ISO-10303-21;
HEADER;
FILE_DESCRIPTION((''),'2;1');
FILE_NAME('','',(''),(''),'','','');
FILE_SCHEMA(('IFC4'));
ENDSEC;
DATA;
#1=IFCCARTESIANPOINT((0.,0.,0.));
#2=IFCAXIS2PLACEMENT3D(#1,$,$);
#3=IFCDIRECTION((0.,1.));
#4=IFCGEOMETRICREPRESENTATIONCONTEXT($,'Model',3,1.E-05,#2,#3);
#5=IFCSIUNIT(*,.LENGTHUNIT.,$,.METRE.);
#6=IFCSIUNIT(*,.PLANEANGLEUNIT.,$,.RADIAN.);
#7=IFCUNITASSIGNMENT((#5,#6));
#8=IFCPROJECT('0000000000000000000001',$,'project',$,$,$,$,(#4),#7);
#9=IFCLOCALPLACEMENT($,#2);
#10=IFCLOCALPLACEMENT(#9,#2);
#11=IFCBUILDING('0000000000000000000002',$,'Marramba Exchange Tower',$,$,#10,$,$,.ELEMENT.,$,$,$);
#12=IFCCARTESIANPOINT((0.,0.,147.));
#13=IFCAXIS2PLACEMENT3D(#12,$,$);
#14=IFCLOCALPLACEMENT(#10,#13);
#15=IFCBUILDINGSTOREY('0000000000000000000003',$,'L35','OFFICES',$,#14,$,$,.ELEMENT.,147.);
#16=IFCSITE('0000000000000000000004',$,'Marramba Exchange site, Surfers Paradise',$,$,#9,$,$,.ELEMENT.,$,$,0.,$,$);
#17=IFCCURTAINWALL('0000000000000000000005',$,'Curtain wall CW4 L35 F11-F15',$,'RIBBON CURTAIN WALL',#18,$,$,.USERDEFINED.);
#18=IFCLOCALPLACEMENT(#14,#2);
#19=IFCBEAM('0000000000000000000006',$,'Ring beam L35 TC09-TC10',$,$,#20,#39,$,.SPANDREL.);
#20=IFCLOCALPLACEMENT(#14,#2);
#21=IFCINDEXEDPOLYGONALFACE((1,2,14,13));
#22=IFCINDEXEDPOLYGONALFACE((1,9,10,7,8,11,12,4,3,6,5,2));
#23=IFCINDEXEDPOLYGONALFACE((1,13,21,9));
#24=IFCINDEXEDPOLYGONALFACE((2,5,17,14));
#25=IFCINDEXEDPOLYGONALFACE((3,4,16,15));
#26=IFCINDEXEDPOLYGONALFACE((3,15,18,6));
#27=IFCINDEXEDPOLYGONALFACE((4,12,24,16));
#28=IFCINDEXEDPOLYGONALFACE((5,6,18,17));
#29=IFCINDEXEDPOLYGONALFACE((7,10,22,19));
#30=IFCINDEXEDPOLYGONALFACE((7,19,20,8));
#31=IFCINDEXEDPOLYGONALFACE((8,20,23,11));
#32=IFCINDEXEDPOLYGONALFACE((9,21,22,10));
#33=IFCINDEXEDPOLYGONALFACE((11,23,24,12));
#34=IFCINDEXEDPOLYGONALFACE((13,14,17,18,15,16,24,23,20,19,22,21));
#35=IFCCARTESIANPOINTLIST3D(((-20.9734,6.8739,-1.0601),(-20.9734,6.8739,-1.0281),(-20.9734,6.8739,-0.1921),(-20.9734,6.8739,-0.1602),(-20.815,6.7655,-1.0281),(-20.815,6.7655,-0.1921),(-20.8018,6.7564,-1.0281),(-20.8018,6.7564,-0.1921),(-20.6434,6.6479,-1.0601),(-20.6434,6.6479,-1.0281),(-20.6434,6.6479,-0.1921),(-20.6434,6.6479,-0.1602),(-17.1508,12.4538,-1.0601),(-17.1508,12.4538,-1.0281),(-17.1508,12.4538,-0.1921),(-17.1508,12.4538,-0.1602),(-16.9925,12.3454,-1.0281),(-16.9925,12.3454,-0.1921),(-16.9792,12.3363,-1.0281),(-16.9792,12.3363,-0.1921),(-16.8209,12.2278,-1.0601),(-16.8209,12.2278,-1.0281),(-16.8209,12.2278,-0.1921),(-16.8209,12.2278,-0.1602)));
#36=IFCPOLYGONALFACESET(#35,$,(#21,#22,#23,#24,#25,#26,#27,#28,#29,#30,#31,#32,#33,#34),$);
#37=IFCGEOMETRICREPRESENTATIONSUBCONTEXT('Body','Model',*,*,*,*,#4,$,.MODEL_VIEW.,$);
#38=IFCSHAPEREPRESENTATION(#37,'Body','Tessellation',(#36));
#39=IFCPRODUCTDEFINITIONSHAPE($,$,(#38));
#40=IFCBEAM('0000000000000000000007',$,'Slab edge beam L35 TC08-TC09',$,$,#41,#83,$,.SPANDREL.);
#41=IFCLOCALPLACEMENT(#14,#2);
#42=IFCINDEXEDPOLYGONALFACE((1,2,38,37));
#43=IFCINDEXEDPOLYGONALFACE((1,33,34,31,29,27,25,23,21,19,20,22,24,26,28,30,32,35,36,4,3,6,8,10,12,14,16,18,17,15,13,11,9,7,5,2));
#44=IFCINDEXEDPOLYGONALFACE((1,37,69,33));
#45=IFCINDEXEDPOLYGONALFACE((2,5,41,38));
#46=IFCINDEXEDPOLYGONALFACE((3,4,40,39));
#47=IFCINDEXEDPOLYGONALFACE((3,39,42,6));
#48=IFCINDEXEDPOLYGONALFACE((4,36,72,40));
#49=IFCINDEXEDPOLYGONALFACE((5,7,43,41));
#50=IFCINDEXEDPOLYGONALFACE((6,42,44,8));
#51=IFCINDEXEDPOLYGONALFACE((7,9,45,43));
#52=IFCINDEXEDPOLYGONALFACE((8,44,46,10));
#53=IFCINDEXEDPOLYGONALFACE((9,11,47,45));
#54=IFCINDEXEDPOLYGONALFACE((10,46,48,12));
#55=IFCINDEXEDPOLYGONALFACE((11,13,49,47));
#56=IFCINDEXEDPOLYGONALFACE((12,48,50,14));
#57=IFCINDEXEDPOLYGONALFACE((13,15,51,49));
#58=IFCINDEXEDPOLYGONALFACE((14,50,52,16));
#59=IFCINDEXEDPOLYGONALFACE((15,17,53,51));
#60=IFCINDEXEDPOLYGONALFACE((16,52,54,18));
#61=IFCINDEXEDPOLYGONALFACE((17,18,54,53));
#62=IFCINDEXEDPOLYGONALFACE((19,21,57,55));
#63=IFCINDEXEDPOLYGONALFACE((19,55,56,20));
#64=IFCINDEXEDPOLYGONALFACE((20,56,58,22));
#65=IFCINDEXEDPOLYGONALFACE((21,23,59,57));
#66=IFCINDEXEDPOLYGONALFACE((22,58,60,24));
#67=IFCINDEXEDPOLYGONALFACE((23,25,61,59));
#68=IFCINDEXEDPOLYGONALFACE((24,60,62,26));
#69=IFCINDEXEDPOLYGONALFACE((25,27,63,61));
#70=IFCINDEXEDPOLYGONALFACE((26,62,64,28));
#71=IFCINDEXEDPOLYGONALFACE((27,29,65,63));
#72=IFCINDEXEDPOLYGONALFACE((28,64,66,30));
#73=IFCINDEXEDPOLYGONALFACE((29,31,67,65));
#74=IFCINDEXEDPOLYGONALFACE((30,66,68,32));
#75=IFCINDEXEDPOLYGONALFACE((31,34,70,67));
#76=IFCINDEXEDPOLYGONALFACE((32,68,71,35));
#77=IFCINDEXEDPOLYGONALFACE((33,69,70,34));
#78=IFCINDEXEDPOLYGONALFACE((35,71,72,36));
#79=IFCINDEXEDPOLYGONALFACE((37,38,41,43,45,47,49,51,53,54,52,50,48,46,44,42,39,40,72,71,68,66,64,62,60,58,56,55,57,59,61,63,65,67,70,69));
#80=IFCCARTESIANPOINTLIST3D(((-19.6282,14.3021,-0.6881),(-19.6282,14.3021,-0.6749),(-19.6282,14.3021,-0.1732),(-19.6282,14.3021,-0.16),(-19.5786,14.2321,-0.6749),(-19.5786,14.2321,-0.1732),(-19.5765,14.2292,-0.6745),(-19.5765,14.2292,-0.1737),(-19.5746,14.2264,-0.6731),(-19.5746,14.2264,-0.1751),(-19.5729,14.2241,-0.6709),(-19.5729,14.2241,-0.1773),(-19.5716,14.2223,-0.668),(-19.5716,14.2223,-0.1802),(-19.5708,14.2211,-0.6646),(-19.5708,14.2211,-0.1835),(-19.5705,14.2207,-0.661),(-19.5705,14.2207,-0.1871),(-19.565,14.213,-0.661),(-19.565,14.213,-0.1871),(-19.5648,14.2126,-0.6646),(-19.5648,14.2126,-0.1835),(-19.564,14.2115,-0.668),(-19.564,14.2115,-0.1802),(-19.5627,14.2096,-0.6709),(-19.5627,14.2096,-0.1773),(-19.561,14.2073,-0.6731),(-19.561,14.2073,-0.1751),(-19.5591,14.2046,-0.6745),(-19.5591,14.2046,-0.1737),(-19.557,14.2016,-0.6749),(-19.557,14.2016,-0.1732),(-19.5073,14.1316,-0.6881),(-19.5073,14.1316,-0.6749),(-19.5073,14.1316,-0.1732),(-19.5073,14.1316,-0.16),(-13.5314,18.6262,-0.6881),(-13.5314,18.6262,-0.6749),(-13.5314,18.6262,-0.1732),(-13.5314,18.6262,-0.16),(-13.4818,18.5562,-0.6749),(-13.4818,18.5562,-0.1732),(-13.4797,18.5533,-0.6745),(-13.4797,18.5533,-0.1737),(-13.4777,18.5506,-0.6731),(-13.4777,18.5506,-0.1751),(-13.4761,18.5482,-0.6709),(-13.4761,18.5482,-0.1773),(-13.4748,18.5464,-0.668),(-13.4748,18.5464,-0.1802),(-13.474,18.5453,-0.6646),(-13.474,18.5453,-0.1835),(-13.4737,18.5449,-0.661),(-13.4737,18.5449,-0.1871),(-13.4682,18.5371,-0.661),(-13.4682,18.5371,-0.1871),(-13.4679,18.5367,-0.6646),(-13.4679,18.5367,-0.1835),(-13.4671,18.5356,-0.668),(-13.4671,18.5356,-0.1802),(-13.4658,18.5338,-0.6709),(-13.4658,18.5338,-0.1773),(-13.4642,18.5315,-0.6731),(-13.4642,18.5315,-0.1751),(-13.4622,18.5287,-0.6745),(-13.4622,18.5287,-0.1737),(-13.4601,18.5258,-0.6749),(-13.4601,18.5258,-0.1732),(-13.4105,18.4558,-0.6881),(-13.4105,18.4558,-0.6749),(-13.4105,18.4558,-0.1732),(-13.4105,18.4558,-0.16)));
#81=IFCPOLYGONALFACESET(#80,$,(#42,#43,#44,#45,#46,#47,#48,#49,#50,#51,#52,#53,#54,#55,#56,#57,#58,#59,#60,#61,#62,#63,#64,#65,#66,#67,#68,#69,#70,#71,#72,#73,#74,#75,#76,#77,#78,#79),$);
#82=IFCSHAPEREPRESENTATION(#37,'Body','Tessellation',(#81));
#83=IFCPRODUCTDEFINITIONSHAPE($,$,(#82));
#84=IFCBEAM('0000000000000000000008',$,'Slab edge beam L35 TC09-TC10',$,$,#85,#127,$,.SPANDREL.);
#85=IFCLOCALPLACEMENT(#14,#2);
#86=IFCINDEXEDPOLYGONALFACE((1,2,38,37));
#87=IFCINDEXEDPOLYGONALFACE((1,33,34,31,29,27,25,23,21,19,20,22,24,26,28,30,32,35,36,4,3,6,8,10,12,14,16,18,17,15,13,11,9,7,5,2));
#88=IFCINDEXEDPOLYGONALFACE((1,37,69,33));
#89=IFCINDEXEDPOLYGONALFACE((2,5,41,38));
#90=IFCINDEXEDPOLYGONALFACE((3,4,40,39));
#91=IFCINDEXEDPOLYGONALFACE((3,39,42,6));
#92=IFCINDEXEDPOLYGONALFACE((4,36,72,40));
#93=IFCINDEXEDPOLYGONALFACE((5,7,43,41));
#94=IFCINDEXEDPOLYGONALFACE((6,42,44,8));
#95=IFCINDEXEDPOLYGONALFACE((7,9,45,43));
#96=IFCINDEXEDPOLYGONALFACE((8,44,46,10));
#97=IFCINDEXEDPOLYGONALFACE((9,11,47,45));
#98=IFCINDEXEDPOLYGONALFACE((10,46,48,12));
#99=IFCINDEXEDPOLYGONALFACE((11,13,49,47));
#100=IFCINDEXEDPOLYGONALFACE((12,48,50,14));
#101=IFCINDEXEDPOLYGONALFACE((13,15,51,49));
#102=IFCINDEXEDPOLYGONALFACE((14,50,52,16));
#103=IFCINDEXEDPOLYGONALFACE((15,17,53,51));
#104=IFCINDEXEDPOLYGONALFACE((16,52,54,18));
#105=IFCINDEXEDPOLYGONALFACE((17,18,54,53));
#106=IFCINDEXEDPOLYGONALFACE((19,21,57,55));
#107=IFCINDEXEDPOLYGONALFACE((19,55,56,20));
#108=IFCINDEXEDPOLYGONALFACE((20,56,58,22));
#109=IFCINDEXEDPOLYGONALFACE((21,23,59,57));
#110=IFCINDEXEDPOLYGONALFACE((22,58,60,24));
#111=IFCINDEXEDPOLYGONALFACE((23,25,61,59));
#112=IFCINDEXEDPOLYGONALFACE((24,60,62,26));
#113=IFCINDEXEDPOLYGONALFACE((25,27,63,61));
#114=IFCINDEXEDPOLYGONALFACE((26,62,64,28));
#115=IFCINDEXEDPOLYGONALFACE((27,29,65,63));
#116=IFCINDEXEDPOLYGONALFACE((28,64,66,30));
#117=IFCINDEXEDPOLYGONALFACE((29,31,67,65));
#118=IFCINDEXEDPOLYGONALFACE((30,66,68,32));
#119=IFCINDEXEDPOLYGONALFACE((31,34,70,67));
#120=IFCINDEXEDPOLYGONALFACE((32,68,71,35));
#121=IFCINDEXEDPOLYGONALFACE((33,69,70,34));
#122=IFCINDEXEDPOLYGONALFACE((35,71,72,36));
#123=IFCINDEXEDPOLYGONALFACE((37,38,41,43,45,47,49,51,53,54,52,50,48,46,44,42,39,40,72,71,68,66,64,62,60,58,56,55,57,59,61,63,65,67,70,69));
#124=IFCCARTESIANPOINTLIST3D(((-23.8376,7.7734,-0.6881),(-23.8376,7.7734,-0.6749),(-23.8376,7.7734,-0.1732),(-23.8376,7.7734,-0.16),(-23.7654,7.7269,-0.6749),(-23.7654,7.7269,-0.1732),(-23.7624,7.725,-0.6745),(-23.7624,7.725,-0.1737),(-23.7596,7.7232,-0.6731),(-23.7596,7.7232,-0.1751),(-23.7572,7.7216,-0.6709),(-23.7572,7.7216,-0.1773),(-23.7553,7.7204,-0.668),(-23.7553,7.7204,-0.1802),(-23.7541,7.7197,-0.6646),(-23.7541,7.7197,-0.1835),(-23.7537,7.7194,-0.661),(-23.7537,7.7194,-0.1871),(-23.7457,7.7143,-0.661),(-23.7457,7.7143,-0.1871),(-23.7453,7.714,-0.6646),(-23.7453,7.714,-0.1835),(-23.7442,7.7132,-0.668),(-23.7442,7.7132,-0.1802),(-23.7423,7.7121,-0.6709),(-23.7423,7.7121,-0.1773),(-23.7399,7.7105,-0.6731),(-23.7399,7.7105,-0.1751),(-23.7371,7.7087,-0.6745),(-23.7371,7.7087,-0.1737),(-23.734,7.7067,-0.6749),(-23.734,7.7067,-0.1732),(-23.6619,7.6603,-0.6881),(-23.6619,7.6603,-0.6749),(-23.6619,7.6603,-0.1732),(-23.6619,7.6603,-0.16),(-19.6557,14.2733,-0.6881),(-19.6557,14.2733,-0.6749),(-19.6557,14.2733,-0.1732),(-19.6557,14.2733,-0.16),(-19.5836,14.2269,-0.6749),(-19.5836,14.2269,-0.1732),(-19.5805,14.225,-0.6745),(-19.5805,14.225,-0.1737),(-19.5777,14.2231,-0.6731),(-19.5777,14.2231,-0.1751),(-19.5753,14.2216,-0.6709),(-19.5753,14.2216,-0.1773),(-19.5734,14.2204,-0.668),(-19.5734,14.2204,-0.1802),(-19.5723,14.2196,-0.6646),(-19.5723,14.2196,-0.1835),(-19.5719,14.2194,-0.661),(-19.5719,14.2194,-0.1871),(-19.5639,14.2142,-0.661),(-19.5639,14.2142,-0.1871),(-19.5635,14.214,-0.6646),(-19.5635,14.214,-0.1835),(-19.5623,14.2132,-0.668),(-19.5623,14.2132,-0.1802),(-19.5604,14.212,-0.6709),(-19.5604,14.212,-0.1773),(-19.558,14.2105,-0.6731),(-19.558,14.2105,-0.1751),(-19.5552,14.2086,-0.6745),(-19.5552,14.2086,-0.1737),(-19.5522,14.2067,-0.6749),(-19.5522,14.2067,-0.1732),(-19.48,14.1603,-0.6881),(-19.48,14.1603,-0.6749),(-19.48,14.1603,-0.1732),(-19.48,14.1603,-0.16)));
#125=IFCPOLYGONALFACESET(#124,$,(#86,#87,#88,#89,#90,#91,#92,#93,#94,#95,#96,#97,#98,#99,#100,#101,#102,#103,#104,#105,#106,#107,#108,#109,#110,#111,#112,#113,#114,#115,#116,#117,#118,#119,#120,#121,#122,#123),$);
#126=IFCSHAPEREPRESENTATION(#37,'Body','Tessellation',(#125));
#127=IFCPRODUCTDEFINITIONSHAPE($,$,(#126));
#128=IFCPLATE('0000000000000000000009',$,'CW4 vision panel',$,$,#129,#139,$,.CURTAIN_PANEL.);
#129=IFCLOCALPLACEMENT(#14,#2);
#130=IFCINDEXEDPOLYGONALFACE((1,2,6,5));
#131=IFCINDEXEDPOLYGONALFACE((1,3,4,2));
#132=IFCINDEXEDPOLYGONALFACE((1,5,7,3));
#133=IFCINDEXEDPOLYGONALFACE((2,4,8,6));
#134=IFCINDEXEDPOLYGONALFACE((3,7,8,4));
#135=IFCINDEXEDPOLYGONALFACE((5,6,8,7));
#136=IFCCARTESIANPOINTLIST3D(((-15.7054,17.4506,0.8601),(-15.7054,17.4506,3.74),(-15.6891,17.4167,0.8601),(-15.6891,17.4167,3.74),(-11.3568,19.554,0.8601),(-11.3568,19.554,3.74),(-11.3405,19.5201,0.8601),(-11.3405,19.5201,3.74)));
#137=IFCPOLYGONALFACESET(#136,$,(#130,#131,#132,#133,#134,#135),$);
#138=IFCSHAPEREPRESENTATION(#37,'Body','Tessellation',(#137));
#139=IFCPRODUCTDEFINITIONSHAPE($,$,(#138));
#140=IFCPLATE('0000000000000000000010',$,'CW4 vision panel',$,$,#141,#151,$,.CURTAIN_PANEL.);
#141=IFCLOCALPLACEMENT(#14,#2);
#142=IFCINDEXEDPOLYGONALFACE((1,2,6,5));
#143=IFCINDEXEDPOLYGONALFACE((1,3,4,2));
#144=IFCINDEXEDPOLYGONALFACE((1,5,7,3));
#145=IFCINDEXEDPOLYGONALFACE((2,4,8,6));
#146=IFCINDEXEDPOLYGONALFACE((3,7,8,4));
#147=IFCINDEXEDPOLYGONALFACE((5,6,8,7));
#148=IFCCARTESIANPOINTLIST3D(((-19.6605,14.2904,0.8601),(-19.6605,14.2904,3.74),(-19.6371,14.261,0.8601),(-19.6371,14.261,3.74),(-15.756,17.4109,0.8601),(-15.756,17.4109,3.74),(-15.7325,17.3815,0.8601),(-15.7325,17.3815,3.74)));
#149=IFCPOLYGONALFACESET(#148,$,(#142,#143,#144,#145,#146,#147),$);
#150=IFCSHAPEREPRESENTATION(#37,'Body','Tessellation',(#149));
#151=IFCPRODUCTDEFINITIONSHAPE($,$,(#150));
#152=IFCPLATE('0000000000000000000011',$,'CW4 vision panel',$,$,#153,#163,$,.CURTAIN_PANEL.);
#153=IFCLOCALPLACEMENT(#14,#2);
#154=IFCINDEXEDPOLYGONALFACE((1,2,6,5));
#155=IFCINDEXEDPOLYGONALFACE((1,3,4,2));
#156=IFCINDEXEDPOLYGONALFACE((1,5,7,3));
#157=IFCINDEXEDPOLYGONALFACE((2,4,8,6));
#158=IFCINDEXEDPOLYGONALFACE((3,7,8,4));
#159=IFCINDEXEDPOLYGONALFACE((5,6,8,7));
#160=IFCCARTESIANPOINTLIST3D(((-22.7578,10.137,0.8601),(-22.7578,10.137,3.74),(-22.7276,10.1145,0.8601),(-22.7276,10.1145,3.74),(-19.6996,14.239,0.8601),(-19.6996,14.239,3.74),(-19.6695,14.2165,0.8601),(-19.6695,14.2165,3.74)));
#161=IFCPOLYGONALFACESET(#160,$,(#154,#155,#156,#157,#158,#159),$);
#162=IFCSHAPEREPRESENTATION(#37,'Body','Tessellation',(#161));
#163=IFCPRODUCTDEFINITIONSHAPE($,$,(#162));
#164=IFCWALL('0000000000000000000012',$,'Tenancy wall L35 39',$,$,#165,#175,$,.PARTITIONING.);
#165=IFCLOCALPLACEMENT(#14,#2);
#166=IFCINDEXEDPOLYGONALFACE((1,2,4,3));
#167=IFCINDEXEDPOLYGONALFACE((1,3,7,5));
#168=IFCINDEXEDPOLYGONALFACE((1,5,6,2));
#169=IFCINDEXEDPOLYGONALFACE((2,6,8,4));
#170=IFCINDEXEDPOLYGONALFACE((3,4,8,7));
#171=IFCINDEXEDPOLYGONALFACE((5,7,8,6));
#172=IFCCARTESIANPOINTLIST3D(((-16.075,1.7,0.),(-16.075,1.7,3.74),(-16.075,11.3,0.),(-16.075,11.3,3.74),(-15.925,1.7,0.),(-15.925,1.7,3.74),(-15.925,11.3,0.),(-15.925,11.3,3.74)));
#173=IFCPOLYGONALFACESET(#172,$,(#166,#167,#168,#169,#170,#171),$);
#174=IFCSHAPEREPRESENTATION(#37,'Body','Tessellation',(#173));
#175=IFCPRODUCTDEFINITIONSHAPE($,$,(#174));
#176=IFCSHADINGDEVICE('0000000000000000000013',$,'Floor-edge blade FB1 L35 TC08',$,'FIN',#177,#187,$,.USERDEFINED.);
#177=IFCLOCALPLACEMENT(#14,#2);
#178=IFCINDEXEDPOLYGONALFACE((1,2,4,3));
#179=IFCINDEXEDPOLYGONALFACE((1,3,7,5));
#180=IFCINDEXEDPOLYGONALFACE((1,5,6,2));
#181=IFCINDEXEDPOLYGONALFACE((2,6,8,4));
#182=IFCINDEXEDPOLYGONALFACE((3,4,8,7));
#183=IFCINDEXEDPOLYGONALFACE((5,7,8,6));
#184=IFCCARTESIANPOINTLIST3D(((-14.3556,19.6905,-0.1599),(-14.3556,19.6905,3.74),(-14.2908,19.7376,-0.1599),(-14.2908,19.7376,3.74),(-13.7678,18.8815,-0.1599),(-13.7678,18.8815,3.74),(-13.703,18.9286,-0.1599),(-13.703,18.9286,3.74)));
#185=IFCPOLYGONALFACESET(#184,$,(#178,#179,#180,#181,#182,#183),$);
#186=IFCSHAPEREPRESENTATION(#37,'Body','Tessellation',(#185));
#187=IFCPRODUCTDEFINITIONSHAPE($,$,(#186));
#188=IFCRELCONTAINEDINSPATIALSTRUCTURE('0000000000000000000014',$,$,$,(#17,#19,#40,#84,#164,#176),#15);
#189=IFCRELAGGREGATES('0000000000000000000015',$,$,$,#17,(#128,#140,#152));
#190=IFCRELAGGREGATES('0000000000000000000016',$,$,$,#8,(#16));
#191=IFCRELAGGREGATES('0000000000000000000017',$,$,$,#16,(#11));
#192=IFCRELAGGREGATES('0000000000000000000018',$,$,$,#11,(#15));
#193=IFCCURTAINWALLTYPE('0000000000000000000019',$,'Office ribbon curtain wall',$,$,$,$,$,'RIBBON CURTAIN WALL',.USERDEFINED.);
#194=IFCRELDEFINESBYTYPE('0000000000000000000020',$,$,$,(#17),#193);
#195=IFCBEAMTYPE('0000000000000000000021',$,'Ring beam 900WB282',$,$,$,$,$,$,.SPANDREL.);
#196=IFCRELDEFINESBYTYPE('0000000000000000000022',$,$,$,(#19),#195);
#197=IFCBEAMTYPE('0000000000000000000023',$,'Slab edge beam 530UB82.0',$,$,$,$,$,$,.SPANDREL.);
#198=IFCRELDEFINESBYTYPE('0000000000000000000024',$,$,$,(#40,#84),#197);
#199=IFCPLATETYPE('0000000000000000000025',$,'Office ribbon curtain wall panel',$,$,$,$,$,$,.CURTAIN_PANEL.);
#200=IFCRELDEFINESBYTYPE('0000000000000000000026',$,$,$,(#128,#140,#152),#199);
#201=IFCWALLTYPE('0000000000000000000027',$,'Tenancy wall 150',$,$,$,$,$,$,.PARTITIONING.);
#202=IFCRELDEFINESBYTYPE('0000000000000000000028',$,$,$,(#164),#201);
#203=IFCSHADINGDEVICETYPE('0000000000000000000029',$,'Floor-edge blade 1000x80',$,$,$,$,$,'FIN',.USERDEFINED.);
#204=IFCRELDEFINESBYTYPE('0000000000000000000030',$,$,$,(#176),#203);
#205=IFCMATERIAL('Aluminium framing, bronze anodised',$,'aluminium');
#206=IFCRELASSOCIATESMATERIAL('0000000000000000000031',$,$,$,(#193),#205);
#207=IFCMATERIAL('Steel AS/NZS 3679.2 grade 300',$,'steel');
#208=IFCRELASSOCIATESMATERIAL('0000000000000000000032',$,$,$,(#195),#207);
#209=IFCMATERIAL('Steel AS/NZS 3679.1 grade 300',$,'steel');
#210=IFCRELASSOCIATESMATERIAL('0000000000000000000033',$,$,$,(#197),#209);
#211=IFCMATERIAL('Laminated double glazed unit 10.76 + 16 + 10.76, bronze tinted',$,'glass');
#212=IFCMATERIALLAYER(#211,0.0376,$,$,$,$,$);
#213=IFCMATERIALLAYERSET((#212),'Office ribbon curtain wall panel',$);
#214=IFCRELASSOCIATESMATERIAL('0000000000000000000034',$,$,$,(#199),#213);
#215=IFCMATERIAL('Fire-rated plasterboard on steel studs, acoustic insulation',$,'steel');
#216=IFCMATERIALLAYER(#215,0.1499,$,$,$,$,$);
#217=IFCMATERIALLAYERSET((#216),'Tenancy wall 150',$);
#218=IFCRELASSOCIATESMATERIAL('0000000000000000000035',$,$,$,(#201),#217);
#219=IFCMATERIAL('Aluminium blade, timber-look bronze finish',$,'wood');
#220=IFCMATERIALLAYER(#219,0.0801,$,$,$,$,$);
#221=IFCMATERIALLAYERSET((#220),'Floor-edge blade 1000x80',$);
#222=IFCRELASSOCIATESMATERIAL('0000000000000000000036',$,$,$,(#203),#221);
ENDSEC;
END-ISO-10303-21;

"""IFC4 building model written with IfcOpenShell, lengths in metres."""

from ifc_helpers import new_model, si_unit, direction, frame, frame_2d, origin, origin_2d, place, context, subcontext, project, spatial, rectangle, i_section, extrude, material, layer, layer_set, material_profile, profile_set, type_object, element, aggregate, save


model = new_model("IFC4")

# Units and contexts
model_context = context("Model", 3, precision=1e-05, world=origin(), true_north=direction((0.0, 1.0)))
body_context = subcontext(model_context, "Body", "Model", "MODEL_VIEW")
ifc_project = project(units=[si_unit("LENGTHUNIT", "METRE"), si_unit("PLANEANGLEUNIT", "RADIAN")], contexts=[model_context])

# Site, building, storey
site_placement = place(None, origin())
site = spatial("IfcSite", under=ifc_project, at=site_placement, Name="Marramba Exchange site, Surfers Paradise", CompositionType="ELEMENT", RefElevation=0.0)
building_placement = place(site_placement, origin())
building = spatial("IfcBuilding", under=site, at=building_placement, Name="Marramba Exchange Tower", CompositionType="ELEMENT")
storey_placement = place(building_placement, frame((0.0, 0.0, 147.0)))
storey = spatial("IfcBuildingStorey", under=building, at=storey_placement, Name="L35", Description="OFFICES", CompositionType="ELEMENT", Elevation=147.0)

# Shared definitions
ifc_material_1 = material(Name="Steel AS/NZS 3679.2 grade 300", Category="steel")
ifc_material_2 = material(Name="Steel AS/NZS 3679.1 grade 300", Category="steel")

# Curtain wall
ifc_material_3 = material(Name="Aluminium framing, bronze anodised", Category="aluminium")
curtain_wall_type = type_object("IfcCurtainWallType", Name="Office ribbon curtain wall", ElementType="RIBBON CURTAIN WALL", PredefinedType="USERDEFINED", material=ifc_material_3)
curtain_wall_placement = place(storey_placement, origin())
curtain_wall = element("IfcCurtainWall", 1, at=curtain_wall_placement, inside=storey, type_object=curtain_wall_type, Name="Curtain wall CW4 L35 F11-F15", ObjectType="RIBBON CURTAIN WALL", PredefinedType="USERDEFINED")

# Beams
ifc_material_profile_1 = material_profile(ifc_material_1, i_section(OverallWidth=0.3999, OverallDepth=0.8999, WebThickness=0.0161, FlangeThickness=0.032, at=origin_2d()), Name="900WB282")
ifc_profile_set_1 = profile_set([ifc_material_profile_1], Name="Steel AS/NZS 3679.2 grade 300")
beam_type_1 = type_object("IfcBeamType", Name="Ring beam 900WB282", PredefinedType="SPANDREL", material=ifc_profile_set_1)
beam_1_placement = place(storey_placement, frame((-16.9858, 12.3408, -0.6101), z_axis=(-0.56516, -0.824981, 0.0), x_axis=(0.824981, -0.56516, 0.0)))
element("IfcBeam", 2, at=beam_1_placement, inside=storey, type_object=beam_type_1, Name="Ring beam L35 TC09-TC10", PredefinedType="SPANDREL", context=body_context, shape_type="SweptSolid", body=[
    extrude(i_section(OverallWidth=0.3999, OverallDepth=0.8999, WebThickness=0.0161, FlangeThickness=0.032, at=origin_2d()), origin(), (0.0, 0.0, 1.0), 6.7637),
])
ifc_material_profile_2 = material_profile(ifc_material_2, i_section(OverallWidth=0.209, OverallDepth=0.5281, WebThickness=0.0095, FlangeThickness=0.0132, FilletRadius=0.0139, at=origin_2d()), Name="530UB82.0")
ifc_profile_set_2 = profile_set([ifc_material_profile_2], Name="Steel AS/NZS 3679.1 grade 300")
beam_type_2 = type_object("IfcBeamType", Name="Slab edge beam 530UB82.0", PredefinedType="SPANDREL", material=ifc_profile_set_2)
beam_2_placement = place(storey_placement, frame((-13.4709, 18.541, -0.4241), z_axis=(-0.815673, -0.578513, 0.0), x_axis=(0.578513, -0.815673, 0.0)))
element("IfcBeam", 3, at=beam_2_placement, inside=storey, type_object=beam_type_2, Name="Slab edge beam L35 TC08-TC09", PredefinedType="SPANDREL", context=body_context, shape_type="SweptSolid", body=[
    extrude(i_section(OverallWidth=0.209, OverallDepth=0.5281, WebThickness=0.0095, FlangeThickness=0.0132, FilletRadius=0.0139, at=origin_2d()), origin(), (0.0, 0.0, 1.0), 7.4746),
])
beam_3_placement = place(storey_placement, frame((-19.5679, 14.2168, -0.4241), z_axis=(-0.541061, -0.840983, 0.0), x_axis=(0.840983, -0.541061, 0.0)))
element("IfcBeam", 4, at=beam_3_placement, inside=storey, type_object=beam_type_2, Name="Slab edge beam L35 TC09-TC10", PredefinedType="SPANDREL", context=body_context, shape_type="SweptSolid", body=[
    extrude(i_section(OverallWidth=0.209, OverallDepth=0.5281, WebThickness=0.0095, FlangeThickness=0.0132, FilletRadius=0.0139, at=origin_2d()), origin(), (0.0, 0.0, 1.0), 7.729),
])

# Plates
ifc_material_4 = material(Name="Laminated double glazed unit 10.76 + 16 + 10.76, bronze tinted", Category="glass")
ifc_layer_1 = layer(ifc_material_4, 0.0376)
ifc_layer_set_1 = layer_set([ifc_layer_1], Name="Office ribbon curtain wall panel")
plate_type = type_object("IfcPlateType", Name="Office ribbon curtain wall panel", PredefinedType="CURTAIN_PANEL", material=ifc_layer_set_1)
plate_1_placement = place(storey_placement, frame((-13.5229, 18.4854, 0.8601), z_axis=(0.0, 0.0, 1.0), x_axis=(-0.900224, -0.435428, 0.0)))
plate_1 = element("IfcPlate", 5, at=plate_1_placement, type_object=plate_type, Name="CW4 vision panel", PredefinedType="CURTAIN_PANEL", context=body_context, shape_type="SweptSolid", body=[
    extrude(rectangle(XDim=4.8306, YDim=0.0376, at=origin_2d()), origin(), (0.0, 0.0, 1.0), 2.8799),
])
plate_2_placement = place(storey_placement, frame((-17.6965, 15.8359, 0.8601), z_axis=(0.0, 0.0, 1.0), x_axis=(-0.781178, -0.624308, 0.0)))
plate_2 = element("IfcPlate", 6, at=plate_2_placement, type_object=plate_type, Name="CW4 vision panel", PredefinedType="CURTAIN_PANEL", context=body_context, shape_type="SweptSolid", body=[
    extrude(rectangle(XDim=4.9983, YDim=0.0376, at=origin_2d()), origin(), (0.0, 0.0, 1.0), 2.8799),
])
plate_3_placement = place(storey_placement, frame((-21.2136, 12.1768, 0.8601), z_axis=(0.0, 0.0, 1.0), x_axis=(-0.597704, -0.801717, 0.0)))
plate_3 = element("IfcPlate", 7, at=plate_3_placement, type_object=plate_type, Name="CW4 vision panel", PredefinedType="CURTAIN_PANEL", context=body_context, shape_type="SweptSolid", body=[
    extrude(rectangle(XDim=5.1165, YDim=0.0376, at=origin_2d()), origin(), (0.0, 0.0, 1.0), 2.8799),
])
aggregate(curtain_wall, [plate_1, plate_2, plate_3])

# Wall
ifc_material_5 = material(Name="Fire-rated plasterboard on steel studs, acoustic insulation", Category="steel")
ifc_layer_2 = layer(ifc_material_5, 0.1499)
ifc_layer_set_2 = layer_set([ifc_layer_2], Name="Tenancy wall 150")
wall_type_1 = type_object("IfcWallType", Name="Tenancy wall 150", PredefinedType="PARTITIONING", material=ifc_layer_set_2)
wall_1_placement = place(storey_placement, frame((-16.0, 11.3, 0.0), z_axis=(0.0, 0.0, 1.0), x_axis=(0.0, -1.0, 0.0)))
element("IfcWall", 8, at=wall_1_placement, inside=storey, type_object=wall_type_1, Name="Tenancy wall L35 39", PredefinedType="PARTITIONING", context=body_context, shape_type="SweptSolid", body=[
    extrude(rectangle(XDim=9.6001, YDim=0.1499, at=frame_2d((4.8, 0.0))), origin(), (0.0, 0.0, 1.0), 3.74),
])

# Shading device
ifc_material_6 = material(Name="Aluminium blade, timber-look bronze finish", Category="wood")
ifc_layer_3 = layer(ifc_material_6, 0.0801)
ifc_layer_set_3 = layer_set([ifc_layer_3], Name="Floor-edge blade 1000x80")
shading_device_type_1 = type_object("IfcShadingDeviceType", Name="Floor-edge blade 1000x80", ElementType="FIN", PredefinedType="USERDEFINED", material=ifc_layer_set_3)
for number, where, z_axis, x_axis, name in (
    (9, (-14.0293, 19.3096, -0.1599), (0.0, 0.0, 1.0), (-0.587785, 0.809017, 0.0), "Floor-edge blade FB1 L35 TC08"),
):
    element("IfcShadingDevice", number, at=place(storey_placement, frame(where, z_axis=z_axis, x_axis=x_axis)), inside=storey, type_object=shading_device_type_1, Name=name, ObjectType="FIN", PredefinedType="USERDEFINED", context=body_context, shape_type="SweptSolid", body=[
        extrude(rectangle(XDim=1.0, YDim=0.0801, at=origin_2d()), origin(), (0.0, 0.0, 1.0), 3.8999),
    ])

save(model, "model.ifc")
